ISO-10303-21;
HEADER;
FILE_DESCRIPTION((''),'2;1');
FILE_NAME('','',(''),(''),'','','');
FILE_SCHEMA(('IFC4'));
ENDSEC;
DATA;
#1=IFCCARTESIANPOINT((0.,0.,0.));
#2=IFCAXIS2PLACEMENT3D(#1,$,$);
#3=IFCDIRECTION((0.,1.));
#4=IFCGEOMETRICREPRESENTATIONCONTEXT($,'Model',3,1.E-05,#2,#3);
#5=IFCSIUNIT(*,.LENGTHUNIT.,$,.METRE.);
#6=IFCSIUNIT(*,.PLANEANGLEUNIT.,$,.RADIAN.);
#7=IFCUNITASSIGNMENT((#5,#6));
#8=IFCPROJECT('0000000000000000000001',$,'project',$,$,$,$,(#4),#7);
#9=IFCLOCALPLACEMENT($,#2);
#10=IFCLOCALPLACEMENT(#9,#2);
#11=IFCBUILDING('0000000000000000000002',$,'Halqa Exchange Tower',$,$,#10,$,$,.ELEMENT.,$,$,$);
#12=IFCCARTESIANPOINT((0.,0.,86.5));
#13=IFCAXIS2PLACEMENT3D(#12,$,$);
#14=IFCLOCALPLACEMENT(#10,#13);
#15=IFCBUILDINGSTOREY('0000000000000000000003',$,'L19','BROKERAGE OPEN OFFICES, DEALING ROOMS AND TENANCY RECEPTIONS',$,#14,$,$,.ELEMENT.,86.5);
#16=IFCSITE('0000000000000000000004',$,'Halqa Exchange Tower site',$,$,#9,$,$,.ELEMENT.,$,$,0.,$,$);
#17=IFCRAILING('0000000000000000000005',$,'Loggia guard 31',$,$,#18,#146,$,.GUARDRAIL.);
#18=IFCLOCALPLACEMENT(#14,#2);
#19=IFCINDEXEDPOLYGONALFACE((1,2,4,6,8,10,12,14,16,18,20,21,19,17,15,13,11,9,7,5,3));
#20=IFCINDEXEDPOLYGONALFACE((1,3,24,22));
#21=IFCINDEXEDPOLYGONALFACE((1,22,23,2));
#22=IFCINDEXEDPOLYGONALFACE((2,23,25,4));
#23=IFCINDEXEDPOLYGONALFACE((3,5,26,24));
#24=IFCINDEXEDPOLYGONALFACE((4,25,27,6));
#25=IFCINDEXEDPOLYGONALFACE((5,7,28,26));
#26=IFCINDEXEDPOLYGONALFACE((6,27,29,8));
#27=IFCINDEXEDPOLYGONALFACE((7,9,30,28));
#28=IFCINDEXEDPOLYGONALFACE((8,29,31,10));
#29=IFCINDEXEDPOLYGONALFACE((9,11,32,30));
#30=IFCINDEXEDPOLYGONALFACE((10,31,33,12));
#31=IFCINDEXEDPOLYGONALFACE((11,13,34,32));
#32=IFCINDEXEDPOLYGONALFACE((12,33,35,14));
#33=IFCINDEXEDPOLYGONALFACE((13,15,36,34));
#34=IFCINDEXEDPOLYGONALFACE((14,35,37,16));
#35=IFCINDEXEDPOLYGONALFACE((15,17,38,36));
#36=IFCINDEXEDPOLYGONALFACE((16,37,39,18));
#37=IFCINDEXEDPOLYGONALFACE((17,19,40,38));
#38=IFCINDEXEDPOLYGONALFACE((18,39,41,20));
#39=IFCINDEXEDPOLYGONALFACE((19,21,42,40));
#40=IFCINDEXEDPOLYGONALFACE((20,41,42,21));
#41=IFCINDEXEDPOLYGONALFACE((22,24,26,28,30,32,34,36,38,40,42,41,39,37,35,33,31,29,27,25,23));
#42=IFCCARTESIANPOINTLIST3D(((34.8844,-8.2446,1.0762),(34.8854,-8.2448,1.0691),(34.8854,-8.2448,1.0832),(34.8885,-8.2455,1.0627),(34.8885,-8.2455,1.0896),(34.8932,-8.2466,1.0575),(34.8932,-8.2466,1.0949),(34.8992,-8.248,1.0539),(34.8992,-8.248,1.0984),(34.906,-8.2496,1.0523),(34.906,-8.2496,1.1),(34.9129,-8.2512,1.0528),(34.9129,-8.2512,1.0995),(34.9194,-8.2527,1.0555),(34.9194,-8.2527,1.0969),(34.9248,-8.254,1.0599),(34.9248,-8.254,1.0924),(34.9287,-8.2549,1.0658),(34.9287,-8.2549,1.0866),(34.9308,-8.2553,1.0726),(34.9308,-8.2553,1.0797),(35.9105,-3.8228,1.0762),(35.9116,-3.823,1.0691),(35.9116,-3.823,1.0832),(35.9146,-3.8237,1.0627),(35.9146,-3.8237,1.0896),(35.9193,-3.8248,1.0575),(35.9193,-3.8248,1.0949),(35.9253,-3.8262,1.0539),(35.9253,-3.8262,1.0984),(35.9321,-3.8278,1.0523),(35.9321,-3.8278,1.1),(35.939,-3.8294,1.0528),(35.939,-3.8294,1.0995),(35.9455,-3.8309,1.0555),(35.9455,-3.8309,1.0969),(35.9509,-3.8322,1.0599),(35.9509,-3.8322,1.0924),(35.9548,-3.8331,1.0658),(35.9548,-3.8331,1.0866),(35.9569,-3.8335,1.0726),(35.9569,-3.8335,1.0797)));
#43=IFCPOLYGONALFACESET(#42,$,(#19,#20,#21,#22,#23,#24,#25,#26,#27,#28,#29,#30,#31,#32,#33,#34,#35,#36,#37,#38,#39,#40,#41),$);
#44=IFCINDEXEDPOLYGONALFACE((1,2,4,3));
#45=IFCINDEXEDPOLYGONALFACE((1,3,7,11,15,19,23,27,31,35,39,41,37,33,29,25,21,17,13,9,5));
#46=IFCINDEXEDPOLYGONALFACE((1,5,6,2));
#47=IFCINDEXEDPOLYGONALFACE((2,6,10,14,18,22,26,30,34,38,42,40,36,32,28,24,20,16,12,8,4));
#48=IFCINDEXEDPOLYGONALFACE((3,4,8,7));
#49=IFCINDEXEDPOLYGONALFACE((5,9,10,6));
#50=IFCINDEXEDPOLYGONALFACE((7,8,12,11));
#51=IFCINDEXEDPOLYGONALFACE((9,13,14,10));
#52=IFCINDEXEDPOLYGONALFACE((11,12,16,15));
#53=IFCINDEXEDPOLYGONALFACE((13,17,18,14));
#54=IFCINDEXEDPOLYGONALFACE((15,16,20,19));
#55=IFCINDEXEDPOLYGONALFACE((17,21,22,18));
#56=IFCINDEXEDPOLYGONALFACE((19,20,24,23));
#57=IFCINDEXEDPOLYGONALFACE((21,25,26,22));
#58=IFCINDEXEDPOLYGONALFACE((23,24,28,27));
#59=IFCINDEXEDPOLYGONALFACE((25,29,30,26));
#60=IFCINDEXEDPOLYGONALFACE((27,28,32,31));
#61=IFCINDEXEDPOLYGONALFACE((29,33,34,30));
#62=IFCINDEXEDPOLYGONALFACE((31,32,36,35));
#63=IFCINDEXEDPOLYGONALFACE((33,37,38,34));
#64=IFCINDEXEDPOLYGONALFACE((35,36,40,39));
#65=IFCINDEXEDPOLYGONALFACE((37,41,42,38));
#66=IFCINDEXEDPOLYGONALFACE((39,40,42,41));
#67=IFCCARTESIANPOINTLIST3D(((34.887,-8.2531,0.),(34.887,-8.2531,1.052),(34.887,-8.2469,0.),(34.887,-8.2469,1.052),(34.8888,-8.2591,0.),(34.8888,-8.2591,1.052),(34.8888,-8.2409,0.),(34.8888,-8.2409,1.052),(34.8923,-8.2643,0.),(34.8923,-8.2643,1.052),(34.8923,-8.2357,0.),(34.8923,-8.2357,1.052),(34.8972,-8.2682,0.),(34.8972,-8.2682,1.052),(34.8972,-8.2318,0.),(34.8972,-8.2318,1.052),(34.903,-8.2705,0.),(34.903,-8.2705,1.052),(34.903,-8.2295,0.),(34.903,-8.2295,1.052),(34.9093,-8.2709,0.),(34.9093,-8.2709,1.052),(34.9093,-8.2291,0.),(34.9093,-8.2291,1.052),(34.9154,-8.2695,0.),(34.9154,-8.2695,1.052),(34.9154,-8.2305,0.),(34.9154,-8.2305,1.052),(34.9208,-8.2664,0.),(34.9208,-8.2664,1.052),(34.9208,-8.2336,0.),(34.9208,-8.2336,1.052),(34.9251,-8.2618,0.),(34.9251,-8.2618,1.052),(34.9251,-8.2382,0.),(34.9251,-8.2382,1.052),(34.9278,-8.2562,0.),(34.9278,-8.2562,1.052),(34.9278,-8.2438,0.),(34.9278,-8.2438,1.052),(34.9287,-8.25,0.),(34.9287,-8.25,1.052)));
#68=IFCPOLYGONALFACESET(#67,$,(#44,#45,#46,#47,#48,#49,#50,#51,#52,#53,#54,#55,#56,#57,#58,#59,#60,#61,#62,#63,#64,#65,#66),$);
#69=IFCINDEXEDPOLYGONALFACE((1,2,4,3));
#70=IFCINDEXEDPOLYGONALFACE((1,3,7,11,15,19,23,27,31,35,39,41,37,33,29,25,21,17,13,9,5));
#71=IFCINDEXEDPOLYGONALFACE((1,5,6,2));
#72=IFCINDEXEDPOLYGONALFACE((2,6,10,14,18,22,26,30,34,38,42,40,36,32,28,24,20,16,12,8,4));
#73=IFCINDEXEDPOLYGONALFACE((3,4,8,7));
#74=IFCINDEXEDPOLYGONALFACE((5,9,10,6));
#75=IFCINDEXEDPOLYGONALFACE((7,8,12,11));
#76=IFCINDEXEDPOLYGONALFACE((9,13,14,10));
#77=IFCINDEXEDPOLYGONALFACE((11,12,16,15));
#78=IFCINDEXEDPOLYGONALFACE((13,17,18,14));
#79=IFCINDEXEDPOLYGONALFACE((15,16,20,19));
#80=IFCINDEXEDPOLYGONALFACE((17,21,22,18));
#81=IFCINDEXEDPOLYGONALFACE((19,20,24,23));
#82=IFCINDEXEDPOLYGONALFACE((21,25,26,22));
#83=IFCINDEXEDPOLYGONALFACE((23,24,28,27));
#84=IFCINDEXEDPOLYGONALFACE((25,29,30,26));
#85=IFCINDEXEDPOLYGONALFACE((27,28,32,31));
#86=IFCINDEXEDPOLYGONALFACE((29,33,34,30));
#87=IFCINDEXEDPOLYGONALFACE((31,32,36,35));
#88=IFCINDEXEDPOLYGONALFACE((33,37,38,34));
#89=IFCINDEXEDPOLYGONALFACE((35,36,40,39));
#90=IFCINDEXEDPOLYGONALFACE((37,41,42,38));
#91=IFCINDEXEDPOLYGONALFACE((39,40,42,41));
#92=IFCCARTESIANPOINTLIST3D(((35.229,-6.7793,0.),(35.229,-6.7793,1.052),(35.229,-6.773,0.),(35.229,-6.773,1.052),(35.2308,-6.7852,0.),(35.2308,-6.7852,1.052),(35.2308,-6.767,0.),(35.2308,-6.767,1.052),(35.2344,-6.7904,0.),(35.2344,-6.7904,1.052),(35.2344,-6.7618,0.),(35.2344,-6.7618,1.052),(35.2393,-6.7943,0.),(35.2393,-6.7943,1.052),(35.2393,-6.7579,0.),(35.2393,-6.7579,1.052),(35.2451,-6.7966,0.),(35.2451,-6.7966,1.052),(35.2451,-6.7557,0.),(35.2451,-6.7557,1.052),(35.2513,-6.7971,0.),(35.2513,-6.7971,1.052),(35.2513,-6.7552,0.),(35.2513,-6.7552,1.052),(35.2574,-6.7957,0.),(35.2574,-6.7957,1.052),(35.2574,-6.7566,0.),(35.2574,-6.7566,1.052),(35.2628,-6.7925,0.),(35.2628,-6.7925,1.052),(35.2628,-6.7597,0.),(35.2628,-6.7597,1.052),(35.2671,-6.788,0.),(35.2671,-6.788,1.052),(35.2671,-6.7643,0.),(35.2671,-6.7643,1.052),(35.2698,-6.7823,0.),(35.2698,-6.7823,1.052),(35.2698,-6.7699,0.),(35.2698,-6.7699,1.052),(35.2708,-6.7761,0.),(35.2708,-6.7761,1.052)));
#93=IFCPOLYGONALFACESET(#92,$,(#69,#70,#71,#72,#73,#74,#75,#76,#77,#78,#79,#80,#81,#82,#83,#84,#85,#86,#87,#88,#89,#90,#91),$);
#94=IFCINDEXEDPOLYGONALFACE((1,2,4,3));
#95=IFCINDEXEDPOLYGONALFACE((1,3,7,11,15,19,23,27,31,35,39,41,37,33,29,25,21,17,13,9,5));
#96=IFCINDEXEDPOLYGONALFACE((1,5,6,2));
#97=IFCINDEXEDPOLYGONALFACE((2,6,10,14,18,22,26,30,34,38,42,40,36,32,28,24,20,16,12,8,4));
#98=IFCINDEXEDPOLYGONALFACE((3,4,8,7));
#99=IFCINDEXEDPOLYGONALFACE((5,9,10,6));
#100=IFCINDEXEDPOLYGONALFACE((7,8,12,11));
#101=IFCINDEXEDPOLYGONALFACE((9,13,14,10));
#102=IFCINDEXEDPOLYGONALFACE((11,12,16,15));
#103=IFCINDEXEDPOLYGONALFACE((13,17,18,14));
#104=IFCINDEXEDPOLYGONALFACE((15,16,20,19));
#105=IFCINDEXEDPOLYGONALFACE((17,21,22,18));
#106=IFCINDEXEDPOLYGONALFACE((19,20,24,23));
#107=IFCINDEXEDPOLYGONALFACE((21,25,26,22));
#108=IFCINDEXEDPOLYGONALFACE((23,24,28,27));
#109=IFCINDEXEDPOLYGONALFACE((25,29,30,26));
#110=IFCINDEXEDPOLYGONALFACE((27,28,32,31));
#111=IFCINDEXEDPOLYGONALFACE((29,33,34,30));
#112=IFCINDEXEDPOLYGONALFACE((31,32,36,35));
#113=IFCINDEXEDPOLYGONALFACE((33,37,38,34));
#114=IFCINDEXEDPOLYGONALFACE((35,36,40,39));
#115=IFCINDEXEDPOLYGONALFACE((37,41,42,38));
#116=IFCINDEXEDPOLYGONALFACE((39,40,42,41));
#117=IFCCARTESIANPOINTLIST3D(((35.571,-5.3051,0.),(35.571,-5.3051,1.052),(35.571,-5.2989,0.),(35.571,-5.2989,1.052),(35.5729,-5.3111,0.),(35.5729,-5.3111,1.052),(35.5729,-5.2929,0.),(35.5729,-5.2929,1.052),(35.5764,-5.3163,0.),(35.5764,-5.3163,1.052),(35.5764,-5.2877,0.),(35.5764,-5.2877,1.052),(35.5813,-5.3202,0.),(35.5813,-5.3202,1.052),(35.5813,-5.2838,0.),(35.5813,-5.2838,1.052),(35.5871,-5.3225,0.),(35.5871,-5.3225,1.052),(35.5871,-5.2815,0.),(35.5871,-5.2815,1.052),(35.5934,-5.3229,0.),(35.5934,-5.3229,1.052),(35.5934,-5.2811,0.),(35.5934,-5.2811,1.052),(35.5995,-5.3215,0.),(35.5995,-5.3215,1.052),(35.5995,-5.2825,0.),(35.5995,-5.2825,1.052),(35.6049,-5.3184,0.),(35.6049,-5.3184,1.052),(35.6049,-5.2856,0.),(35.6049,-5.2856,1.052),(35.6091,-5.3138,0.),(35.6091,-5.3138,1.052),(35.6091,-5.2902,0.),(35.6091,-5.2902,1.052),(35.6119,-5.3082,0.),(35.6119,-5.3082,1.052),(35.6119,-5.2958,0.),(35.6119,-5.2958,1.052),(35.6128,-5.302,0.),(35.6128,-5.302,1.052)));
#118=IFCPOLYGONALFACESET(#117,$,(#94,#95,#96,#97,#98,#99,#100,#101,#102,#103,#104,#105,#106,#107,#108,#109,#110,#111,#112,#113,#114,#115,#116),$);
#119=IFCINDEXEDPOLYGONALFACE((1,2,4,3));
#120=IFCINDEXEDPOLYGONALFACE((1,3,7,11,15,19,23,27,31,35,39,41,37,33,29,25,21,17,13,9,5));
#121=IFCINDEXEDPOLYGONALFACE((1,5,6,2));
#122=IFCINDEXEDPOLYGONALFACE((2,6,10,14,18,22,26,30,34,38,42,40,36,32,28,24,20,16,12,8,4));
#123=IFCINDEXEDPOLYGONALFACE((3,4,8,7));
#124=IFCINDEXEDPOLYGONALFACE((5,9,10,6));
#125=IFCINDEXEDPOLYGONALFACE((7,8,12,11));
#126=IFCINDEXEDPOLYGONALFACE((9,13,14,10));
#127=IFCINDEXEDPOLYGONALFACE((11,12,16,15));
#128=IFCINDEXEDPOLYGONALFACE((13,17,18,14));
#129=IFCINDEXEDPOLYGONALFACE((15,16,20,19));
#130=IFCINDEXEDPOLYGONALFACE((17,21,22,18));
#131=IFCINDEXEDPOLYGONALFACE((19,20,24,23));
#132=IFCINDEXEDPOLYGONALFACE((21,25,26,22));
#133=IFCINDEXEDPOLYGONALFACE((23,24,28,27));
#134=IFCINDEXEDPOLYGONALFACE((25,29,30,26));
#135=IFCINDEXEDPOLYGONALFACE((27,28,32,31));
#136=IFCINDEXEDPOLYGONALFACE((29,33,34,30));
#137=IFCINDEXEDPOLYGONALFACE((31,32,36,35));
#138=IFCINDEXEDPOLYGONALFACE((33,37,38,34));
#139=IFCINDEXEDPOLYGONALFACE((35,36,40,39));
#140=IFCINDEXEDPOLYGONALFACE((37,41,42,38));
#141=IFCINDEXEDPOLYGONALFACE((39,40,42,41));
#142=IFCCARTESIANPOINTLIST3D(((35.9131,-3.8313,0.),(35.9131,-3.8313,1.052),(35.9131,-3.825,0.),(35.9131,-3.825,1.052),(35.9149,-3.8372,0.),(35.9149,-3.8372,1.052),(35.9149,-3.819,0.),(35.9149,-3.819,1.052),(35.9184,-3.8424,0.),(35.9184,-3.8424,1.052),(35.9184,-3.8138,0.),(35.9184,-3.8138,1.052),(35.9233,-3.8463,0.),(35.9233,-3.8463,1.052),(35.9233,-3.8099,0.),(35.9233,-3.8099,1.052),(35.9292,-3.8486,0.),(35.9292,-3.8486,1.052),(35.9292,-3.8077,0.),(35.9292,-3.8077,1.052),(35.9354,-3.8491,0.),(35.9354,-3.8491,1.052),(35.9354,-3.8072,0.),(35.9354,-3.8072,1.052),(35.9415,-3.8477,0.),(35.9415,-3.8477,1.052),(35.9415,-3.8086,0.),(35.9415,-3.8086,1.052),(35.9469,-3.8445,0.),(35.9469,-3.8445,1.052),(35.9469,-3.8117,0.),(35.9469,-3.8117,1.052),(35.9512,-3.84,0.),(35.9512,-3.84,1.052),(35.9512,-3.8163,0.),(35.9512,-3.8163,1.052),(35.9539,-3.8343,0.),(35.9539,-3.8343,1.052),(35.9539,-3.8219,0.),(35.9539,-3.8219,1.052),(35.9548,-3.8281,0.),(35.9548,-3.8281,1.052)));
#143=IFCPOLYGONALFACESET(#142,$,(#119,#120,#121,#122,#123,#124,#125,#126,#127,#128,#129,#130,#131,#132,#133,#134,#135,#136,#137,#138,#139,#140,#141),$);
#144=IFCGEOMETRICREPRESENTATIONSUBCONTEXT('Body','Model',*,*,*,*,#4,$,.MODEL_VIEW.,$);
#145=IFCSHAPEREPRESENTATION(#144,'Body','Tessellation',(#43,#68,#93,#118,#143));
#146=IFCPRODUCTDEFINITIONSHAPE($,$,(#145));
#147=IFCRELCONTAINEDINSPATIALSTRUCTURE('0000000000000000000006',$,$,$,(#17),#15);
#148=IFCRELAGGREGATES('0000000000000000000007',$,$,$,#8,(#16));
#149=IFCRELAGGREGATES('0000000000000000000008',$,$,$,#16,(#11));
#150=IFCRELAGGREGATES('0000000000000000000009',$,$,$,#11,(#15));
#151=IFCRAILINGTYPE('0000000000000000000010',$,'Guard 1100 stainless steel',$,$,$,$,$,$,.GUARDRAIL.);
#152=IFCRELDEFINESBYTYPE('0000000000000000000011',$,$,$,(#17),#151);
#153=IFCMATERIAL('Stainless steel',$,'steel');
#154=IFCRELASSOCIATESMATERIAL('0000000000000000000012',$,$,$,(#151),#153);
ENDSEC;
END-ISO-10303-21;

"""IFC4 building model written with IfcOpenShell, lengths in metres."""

from ifc_helpers import new_model, si_unit, direction, frame, origin, origin_2d, place, context, subcontext, project, spatial, circle, extrude, material, type_object, element, save


model = new_model("IFC4")

# Units and contexts
model_context = context("Model", 3, precision=1e-05, world=origin(), true_north=direction((0.0, 1.0)))
body_context = subcontext(model_context, "Body", "Model", "MODEL_VIEW")
ifc_project = project(units=[si_unit("LENGTHUNIT", "METRE"), si_unit("PLANEANGLEUNIT", "RADIAN")], contexts=[model_context])

# Site, building, storey
site_placement = place(None, origin())
site = spatial("IfcSite", under=ifc_project, at=site_placement, Name="Halqa Exchange Tower site", CompositionType="ELEMENT", RefElevation=0.0)
building_placement = place(site_placement, origin())
building = spatial("IfcBuilding", under=site, at=building_placement, Name="Halqa Exchange Tower", CompositionType="ELEMENT")
storey_placement = place(building_placement, frame((0.0, 0.0, 86.5)))
storey = spatial("IfcBuildingStorey", under=building, at=storey_placement, Name="L19", Description="BROKERAGE OPEN OFFICES, DEALING ROOMS AND TENANCY RECEPTIONS", CompositionType="ELEMENT", Elevation=86.5)

# Railing
ifc_material_1 = material(Name="Stainless steel", Category="steel")
railing_type = type_object("IfcRailingType", Name="Guard 1100 stainless steel", PredefinedType="GUARDRAIL", material=ifc_material_1)
railing_1_placement = place(storey_placement, frame((34.9077, -8.25, 0.0)))
element("IfcRailing", 1, at=railing_1_placement, inside=storey, type_object=railing_type, Name="Loggia guard 31", PredefinedType="GUARDRAIL", context=body_context, shape_type="SweptSolid", body=[
    extrude(circle(Radius=0.0239, at=origin_2d()), frame((0.0, 0.0, 1.0762), z_axis=(0.22605, 0.974116, 0.0), x_axis=(-0.974116, 0.22605, 0.0)), (0.0, 0.0, 1.0), 4.5393),
    extrude(circle(Radius=0.021, at=origin_2d()), origin(), (0.0, 0.0, 1.0), 1.052),
    extrude(circle(Radius=0.021, at=origin_2d()), frame((0.342, 1.4739, 0.0)), (0.0, 0.0, 1.0), 1.052),
    extrude(circle(Radius=0.021, at=origin_2d()), frame((0.6841, 2.948, 0.0)), (0.0, 0.0, 1.0), 1.052),
    extrude(circle(Radius=0.021, at=origin_2d()), frame((1.0261, 4.4219, 0.0)), (0.0, 0.0, 1.0), 1.052),
])

save(model, "model.ifc")
